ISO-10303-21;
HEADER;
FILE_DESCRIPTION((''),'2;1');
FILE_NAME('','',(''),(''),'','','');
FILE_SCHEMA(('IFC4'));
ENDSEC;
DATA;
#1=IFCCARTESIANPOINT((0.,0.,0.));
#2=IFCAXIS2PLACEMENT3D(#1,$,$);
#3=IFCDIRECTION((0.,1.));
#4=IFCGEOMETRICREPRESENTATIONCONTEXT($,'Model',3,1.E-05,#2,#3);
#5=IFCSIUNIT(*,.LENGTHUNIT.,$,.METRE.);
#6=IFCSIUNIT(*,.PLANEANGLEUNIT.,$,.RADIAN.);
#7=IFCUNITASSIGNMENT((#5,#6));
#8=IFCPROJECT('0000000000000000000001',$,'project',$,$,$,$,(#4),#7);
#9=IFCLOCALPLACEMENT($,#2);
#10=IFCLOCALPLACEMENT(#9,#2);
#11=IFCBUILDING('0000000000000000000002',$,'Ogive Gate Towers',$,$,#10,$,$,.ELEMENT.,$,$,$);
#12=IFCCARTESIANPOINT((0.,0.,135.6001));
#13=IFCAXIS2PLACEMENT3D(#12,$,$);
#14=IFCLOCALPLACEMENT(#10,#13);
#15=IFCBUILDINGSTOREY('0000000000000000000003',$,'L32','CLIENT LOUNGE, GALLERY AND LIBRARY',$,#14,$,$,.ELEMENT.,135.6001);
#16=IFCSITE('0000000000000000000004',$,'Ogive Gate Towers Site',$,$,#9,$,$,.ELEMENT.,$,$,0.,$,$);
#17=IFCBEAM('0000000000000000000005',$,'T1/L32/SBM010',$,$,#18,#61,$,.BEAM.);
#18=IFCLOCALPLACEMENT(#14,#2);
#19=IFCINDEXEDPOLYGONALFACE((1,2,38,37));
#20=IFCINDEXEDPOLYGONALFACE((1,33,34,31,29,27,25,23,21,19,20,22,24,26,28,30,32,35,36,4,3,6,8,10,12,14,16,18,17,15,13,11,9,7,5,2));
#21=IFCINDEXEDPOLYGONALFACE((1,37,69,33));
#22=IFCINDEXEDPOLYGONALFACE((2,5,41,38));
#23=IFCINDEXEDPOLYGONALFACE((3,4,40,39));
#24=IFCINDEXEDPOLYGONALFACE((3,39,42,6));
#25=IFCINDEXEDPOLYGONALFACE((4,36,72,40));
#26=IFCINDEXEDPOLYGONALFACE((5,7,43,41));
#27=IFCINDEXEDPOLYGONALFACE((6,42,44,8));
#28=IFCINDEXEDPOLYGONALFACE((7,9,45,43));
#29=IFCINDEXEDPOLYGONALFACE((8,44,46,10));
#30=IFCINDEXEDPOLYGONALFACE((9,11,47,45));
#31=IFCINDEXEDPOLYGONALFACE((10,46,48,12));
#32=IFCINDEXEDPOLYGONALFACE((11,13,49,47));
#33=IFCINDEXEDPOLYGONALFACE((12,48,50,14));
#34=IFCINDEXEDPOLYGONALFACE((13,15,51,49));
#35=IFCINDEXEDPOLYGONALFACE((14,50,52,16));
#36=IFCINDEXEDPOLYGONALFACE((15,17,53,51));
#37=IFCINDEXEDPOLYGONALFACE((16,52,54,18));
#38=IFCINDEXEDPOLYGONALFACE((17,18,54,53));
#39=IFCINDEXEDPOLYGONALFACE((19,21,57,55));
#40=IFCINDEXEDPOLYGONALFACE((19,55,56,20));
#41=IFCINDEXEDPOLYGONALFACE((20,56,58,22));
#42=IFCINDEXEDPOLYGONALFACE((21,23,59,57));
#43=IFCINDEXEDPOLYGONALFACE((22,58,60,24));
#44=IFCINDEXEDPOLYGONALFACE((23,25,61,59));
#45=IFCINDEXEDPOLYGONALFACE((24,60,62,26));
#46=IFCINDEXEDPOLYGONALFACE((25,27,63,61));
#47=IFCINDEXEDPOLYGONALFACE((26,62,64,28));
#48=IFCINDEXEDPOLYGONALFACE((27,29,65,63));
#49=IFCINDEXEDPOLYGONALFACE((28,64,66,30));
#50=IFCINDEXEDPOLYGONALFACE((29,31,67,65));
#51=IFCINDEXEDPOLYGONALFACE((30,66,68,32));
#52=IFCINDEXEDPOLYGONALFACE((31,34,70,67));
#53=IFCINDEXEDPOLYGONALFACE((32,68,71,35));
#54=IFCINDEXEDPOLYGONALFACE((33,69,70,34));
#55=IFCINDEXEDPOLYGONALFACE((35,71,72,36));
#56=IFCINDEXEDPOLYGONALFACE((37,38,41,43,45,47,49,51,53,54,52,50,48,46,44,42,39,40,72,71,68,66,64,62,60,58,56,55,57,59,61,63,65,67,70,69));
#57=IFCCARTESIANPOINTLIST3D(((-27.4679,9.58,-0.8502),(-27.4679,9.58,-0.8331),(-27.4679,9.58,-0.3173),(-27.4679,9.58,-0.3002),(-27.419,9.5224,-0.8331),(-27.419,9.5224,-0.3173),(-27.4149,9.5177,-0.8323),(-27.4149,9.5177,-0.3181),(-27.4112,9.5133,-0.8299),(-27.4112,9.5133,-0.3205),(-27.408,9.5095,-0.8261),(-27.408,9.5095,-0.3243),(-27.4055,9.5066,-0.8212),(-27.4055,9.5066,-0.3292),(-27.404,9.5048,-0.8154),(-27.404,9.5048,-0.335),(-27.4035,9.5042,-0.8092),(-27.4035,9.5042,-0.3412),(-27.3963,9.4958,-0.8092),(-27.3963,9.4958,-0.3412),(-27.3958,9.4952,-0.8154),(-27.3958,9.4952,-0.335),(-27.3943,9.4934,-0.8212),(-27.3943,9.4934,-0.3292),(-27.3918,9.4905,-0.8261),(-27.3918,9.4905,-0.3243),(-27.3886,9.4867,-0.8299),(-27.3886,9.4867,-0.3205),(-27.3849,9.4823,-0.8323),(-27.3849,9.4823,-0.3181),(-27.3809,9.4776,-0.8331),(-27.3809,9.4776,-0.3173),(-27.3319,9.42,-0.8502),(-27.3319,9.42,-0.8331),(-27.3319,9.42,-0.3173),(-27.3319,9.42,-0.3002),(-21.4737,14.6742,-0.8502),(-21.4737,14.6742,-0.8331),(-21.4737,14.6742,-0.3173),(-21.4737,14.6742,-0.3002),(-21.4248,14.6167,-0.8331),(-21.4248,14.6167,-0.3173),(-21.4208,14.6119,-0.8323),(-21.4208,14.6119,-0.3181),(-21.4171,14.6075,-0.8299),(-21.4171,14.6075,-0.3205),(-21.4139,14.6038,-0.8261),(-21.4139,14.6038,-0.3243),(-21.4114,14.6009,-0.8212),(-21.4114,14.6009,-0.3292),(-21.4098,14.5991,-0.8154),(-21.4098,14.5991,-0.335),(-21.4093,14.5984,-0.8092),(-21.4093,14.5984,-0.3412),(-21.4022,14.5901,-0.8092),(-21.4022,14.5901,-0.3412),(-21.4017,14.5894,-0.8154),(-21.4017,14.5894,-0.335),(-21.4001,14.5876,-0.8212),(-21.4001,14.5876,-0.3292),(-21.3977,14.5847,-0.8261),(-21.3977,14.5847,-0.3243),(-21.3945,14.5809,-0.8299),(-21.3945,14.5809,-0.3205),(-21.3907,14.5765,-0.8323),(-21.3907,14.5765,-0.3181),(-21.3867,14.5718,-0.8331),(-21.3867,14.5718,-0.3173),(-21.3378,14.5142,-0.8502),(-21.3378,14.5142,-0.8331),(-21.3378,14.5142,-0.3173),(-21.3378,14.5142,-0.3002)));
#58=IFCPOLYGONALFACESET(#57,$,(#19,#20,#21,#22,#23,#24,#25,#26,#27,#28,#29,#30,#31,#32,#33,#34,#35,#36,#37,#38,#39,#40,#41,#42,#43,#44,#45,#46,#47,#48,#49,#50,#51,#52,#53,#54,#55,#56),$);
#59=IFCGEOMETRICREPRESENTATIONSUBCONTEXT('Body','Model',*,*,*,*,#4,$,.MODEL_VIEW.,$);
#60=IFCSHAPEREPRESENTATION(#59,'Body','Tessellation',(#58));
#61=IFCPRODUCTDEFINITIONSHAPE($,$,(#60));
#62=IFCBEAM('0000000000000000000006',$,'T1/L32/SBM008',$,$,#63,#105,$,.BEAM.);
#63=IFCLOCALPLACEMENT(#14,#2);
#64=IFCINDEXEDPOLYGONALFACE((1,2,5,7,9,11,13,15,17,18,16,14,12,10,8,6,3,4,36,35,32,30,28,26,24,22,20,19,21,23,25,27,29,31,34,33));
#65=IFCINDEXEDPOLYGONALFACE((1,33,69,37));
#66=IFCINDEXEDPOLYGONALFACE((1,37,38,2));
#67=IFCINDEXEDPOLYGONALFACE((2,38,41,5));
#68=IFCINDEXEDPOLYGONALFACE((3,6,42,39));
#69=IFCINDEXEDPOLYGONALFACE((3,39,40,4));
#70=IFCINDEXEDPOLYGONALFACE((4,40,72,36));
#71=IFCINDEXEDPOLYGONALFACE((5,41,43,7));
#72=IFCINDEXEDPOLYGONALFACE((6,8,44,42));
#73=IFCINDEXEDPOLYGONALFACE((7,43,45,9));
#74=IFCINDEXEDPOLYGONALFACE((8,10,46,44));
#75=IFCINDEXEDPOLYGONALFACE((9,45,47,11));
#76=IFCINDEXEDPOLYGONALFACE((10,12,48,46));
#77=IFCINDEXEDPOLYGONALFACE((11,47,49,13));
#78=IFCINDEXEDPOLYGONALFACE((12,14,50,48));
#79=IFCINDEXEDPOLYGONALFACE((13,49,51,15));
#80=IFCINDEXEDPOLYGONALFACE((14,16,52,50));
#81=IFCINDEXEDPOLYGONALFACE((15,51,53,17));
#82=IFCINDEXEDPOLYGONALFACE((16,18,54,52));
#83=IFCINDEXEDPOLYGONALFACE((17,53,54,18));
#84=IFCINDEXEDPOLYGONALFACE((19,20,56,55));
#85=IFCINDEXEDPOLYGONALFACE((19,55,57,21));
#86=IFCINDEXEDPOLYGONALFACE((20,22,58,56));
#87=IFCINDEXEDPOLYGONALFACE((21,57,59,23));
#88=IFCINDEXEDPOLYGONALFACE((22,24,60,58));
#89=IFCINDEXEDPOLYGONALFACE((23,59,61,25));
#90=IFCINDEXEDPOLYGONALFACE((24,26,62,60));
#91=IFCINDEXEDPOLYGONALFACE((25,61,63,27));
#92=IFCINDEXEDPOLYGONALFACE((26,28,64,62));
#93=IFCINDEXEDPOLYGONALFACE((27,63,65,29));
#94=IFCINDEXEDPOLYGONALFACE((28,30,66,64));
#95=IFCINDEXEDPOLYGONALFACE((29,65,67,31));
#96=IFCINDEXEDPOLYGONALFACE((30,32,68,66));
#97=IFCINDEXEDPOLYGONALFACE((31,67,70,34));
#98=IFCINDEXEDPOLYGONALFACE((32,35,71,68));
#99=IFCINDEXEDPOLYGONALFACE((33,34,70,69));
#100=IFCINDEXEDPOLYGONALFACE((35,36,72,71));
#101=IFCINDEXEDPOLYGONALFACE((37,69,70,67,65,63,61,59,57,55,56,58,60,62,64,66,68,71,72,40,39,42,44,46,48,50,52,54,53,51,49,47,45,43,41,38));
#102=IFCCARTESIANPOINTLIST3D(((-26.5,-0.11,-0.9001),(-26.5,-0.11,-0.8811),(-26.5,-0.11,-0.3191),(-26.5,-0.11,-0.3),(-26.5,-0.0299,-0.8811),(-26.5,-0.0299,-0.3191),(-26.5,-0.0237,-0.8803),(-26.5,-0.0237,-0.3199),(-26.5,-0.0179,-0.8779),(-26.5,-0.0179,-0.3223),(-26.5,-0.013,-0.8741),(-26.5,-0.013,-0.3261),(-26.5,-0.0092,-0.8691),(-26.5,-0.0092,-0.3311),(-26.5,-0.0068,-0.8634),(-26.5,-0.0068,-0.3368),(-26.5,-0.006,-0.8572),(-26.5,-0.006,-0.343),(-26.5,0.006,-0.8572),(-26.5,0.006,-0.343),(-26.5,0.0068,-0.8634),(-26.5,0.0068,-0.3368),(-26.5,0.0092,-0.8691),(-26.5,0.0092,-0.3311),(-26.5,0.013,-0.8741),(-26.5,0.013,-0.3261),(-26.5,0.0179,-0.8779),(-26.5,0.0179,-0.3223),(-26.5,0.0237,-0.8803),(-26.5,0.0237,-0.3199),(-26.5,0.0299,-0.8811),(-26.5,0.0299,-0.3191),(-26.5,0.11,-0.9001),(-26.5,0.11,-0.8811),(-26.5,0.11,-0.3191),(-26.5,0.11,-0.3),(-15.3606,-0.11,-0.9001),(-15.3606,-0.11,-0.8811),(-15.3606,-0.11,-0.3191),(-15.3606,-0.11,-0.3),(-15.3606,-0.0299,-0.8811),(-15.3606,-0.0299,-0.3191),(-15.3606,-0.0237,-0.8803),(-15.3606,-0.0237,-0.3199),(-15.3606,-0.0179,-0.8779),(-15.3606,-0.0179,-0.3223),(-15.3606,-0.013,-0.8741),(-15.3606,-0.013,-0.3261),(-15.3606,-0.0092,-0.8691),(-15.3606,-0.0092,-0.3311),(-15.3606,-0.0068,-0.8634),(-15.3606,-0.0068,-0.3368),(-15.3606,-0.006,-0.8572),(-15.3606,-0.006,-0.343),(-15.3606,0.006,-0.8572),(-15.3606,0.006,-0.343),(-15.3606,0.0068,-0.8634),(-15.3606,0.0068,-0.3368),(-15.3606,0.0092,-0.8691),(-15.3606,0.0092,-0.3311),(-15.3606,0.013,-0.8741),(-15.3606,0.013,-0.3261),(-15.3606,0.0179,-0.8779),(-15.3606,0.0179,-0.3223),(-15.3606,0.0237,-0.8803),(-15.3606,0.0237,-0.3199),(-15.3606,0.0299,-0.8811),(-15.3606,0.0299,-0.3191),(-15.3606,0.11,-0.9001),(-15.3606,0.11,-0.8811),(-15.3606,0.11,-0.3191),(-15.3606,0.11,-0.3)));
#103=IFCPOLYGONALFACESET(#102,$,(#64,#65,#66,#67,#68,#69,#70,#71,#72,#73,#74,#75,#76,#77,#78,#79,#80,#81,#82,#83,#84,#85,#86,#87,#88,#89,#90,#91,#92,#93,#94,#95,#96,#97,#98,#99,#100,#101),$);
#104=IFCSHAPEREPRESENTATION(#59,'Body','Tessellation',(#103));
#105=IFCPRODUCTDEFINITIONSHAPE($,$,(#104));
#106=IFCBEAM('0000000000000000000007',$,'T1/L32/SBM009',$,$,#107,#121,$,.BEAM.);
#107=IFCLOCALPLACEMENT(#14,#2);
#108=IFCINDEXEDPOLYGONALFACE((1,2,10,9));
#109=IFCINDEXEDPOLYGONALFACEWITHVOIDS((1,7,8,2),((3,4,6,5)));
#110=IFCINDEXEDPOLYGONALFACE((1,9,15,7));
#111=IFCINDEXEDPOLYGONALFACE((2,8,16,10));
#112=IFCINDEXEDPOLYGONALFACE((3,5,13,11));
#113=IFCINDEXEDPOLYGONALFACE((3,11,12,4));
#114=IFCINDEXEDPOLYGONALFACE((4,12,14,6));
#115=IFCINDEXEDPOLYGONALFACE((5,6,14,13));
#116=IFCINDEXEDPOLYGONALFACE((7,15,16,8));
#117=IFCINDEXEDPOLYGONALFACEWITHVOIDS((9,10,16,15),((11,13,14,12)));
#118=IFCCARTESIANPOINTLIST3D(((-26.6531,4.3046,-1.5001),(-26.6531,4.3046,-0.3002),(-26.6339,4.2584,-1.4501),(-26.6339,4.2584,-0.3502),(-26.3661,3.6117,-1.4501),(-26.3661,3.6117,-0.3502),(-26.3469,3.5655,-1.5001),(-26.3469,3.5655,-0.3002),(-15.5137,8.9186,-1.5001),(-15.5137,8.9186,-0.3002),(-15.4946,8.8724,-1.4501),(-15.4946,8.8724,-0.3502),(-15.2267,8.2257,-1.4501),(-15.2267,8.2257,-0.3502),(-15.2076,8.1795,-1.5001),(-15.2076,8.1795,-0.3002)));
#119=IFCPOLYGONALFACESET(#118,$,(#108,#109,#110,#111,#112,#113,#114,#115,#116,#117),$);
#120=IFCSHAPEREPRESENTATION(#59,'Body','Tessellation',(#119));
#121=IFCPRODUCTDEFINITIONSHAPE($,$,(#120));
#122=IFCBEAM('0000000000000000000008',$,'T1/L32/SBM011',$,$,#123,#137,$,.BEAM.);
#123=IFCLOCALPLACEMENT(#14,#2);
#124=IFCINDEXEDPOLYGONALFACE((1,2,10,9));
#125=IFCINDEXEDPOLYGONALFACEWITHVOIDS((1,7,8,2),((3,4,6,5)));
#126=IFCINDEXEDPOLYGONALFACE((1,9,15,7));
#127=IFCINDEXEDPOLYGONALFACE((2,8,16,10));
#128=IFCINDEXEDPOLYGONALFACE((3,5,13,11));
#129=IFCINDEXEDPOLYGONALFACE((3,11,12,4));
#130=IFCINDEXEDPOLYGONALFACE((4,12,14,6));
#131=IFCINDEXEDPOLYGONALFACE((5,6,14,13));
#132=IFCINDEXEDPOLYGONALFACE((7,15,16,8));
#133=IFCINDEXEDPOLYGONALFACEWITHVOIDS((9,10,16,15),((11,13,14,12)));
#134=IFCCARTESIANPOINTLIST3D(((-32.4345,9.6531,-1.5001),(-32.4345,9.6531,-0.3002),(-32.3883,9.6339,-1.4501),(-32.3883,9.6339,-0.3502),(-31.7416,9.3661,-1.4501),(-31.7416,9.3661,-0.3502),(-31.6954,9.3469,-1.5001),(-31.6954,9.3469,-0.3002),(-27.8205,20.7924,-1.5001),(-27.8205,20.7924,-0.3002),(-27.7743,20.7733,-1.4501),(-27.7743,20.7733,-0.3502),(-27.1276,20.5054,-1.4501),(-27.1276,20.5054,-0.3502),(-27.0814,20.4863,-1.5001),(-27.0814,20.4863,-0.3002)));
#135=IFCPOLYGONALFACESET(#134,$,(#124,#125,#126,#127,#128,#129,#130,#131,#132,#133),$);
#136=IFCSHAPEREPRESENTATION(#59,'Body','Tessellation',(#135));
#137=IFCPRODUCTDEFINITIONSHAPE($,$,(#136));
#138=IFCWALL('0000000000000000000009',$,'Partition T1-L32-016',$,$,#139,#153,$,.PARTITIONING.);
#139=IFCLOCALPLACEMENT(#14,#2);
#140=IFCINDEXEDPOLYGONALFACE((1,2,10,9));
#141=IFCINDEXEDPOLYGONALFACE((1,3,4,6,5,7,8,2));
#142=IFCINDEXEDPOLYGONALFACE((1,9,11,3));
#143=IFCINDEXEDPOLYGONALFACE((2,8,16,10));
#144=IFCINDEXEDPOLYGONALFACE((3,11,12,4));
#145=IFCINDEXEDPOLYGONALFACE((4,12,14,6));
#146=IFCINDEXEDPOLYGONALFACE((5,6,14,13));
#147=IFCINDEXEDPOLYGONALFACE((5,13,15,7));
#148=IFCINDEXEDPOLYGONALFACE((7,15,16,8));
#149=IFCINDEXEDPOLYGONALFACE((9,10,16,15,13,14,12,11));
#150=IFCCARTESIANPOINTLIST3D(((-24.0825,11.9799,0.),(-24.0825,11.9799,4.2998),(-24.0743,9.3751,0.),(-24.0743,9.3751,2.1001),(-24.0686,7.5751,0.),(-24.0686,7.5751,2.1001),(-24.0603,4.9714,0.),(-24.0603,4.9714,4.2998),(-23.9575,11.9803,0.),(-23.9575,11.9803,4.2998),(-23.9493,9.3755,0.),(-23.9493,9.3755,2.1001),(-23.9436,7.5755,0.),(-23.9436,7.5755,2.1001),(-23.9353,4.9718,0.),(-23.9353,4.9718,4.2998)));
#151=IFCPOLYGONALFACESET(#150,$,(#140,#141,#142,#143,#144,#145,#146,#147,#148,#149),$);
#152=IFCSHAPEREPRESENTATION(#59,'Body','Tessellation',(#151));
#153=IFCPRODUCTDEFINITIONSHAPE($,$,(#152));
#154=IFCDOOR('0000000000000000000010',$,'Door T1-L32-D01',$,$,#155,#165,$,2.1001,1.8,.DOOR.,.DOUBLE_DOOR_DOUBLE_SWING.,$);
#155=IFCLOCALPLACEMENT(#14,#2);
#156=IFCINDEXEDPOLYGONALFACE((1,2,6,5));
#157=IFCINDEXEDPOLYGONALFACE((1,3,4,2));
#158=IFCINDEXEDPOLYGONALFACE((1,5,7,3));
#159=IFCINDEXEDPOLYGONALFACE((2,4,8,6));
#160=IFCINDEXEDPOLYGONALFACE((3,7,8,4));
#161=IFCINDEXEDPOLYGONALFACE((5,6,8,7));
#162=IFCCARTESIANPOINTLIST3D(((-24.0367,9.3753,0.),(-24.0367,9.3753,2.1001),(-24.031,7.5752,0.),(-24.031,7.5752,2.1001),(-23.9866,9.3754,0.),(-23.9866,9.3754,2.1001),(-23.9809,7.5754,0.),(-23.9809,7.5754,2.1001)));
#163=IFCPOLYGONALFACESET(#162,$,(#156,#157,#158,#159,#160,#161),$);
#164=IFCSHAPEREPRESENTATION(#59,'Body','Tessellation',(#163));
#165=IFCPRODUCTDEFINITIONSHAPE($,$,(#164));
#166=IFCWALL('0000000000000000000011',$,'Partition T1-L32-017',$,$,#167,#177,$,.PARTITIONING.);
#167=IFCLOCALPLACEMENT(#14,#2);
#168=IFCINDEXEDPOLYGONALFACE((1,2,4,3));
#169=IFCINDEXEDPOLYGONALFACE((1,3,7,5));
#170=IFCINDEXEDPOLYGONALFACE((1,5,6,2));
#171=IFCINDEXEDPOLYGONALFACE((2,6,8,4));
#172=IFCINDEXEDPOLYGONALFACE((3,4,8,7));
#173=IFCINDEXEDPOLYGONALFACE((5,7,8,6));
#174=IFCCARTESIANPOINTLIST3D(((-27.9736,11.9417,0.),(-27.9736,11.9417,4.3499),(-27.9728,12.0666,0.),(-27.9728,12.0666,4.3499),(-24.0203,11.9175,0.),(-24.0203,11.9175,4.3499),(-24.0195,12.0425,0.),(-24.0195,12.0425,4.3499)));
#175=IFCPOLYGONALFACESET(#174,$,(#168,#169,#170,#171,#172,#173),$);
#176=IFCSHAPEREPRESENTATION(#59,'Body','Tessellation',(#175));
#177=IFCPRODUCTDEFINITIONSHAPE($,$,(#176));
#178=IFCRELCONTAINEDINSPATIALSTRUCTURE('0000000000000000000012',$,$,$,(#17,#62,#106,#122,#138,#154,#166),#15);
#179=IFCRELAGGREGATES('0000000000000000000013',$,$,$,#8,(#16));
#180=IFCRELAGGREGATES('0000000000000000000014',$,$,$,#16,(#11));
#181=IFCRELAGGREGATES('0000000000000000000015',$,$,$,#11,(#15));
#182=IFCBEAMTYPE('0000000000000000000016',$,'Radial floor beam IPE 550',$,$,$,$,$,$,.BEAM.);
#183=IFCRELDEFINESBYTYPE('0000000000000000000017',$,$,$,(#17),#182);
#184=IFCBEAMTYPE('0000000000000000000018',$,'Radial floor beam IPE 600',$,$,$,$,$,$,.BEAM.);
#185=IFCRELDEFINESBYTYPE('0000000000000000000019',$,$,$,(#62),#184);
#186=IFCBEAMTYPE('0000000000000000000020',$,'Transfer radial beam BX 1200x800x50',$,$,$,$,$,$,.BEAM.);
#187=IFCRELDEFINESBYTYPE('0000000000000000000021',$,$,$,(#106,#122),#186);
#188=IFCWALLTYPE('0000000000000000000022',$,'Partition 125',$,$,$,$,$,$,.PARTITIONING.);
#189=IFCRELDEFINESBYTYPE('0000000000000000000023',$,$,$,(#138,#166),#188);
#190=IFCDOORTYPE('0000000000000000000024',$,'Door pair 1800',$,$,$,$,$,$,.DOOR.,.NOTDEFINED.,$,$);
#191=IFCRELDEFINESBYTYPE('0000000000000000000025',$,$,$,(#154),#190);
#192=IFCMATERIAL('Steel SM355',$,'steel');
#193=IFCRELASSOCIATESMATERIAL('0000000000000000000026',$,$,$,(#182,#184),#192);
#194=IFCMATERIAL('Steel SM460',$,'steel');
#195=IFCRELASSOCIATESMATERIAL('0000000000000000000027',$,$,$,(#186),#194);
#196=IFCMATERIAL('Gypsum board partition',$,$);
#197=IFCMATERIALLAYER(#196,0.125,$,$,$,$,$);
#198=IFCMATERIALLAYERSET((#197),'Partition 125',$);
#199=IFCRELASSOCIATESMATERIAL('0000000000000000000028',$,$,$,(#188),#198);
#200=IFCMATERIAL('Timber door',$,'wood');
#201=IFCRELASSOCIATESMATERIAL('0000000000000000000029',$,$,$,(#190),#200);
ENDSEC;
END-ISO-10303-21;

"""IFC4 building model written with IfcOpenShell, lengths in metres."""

from ifc_helpers import new_model, si_unit, direction, frame, frame_2d, origin, origin_2d, place, context, subcontext, project, spatial, rectangle, hollow_rectangle, i_section, extrude, material, layer, layer_set, material_profile, profile_set, type_object, element, fill, save


model = new_model("IFC4")

# Units and contexts
model_context = context("Model", 3, precision=1e-05, world=origin(), true_north=direction((0.0, 1.0)))
body_context = subcontext(model_context, "Body", "Model", "MODEL_VIEW")
ifc_project = project(units=[si_unit("LENGTHUNIT", "METRE"), si_unit("PLANEANGLEUNIT", "RADIAN")], contexts=[model_context])

# Site, building, storey
site_placement = place(None, origin())
site = spatial("IfcSite", under=ifc_project, at=site_placement, Name="Ogive Gate Towers Site", CompositionType="ELEMENT", RefElevation=0.0)
building_placement = place(site_placement, origin())
building = spatial("IfcBuilding", under=site, at=building_placement, Name="Ogive Gate Towers", CompositionType="ELEMENT")
storey_placement = place(building_placement, frame((0.0, 0.0, 135.6001)))
storey = spatial("IfcBuildingStorey", under=building, at=storey_placement, Name="L32", Description="CLIENT LOUNGE, GALLERY AND LIBRARY", CompositionType="ELEMENT", Elevation=135.6001)

# Beams
ifc_material_1 = material(Name="Steel SM355", Category="steel")
ifc_material_profile_1 = material_profile(ifc_material_1, i_section(OverallWidth=0.21, OverallDepth=0.55, WebThickness=0.011, FlangeThickness=0.0171, FilletRadius=0.0239, at=origin_2d()), Name="IPE 550")
ifc_profile_set_1 = profile_set([ifc_material_profile_1], Name="Steel SM355")
beam_type_1 = type_object("IfcBeamType", Name="Radial floor beam IPE 550", PredefinedType="BEAM", material=ifc_profile_set_1)
beam_1_placement = place(storey_placement, frame((-27.3999, 9.5, -0.5752), z_axis=(0.761988, 0.647591, 0.0), x_axis=(-0.647591, 0.761988, 0.0)))
element("IfcBeam", 1, at=beam_1_placement, inside=storey, type_object=beam_type_1, Name="T1/L32/SBM010", PredefinedType="BEAM", context=body_context, shape_type="SweptSolid", body=[
    extrude(i_section(OverallWidth=0.21, OverallDepth=0.55, WebThickness=0.011, FlangeThickness=0.0171, FilletRadius=0.0239, at=origin_2d()), origin(), (0.0, 0.0, 1.0), 7.8665),
])
ifc_material_profile_2 = material_profile(ifc_material_1, i_section(OverallWidth=0.22, OverallDepth=0.6001, WebThickness=0.012, FlangeThickness=0.019, FilletRadius=0.0239, at=origin_2d()), Name="IPE 600")
ifc_profile_set_2 = profile_set([ifc_material_profile_2], Name="Steel SM355")
beam_type_2 = type_object("IfcBeamType", Name="Radial floor beam IPE 600", PredefinedType="BEAM", material=ifc_profile_set_2)
beam_2_placement = place(storey_placement, frame((-26.5, 0.0, -0.6001), z_axis=(1.0, 0.0, 0.0), x_axis=(0.0, 1.0, 0.0)))
element("IfcBeam", 2, at=beam_2_placement, inside=storey, type_object=beam_type_2, Name="T1/L32/SBM008", PredefinedType="BEAM", context=body_context, shape_type="SweptSolid", body=[
    extrude(i_section(OverallWidth=0.22, OverallDepth=0.6001, WebThickness=0.012, FlangeThickness=0.019, FilletRadius=0.0239, at=origin_2d()), origin(), (0.0, 0.0, 1.0), 11.1394),
])
ifc_material_2 = material(Name="Steel SM460", Category="steel")
ifc_material_profile_3 = material_profile(ifc_material_2, hollow_rectangle(XDim=0.8, YDim=1.2, WallThickness=0.05, at=origin_2d()), Name="BX 1200x800x50")
ifc_profile_set_3 = profile_set([ifc_material_profile_3], Name="Steel SM460")
beam_type_3 = type_object("IfcBeamType", Name="Transfer radial beam BX 1200x800x50", PredefinedType="BEAM", material=ifc_profile_set_3)
for number, where, z_axis, x_axis, name in (
    (3, (-26.5, 3.9351, -0.9001), (0.923882, 0.382678, 0.0), (-0.382678, 0.923882, 0.0), "T1/L32/SBM009"),
    (4, (-32.0649, 9.5, -0.9001), (0.382678, 0.923882, 0.0), (-0.923882, 0.382678, 0.0), "T1/L32/SBM011"),
):
    element("IfcBeam", number, at=place(storey_placement, frame(where, z_axis=z_axis, x_axis=x_axis)), inside=storey, type_object=beam_type_3, Name=name, PredefinedType="BEAM", context=body_context, shape_type="SweptSolid", body=[
        extrude(hollow_rectangle(XDim=0.8, YDim=1.2, WallThickness=0.05, at=origin_2d()), origin(), (0.0, 0.0, 1.0), 12.0571),
    ])

# Wall, opening, door
ifc_material_3 = material(Name="Gypsum board partition")
ifc_layer_1 = layer(ifc_material_3, 0.125)
ifc_layer_set_1 = layer_set([ifc_layer_1], Name="Partition 125")
wall_type_1 = type_object("IfcWallType", Name="Partition 125", PredefinedType="PARTITIONING", material=ifc_layer_set_1)
wall_1_placement = place(storey_placement, frame((-23.9978, 4.9714, 0.0), z_axis=(0.0, 0.0, 1.0), x_axis=(-0.00317, 0.999995, 0.0)))
wall_1 = element("IfcWall", 5, at=wall_1_placement, inside=storey, type_object=wall_type_1, Name="Partition T1-L32-016", PredefinedType="PARTITIONING", context=body_context, shape_type="SweptSolid", body=[
    extrude(rectangle(XDim=7.0085, YDim=0.125, at=frame_2d((3.5044, 0.0))), origin(), (0.0, 0.0, 1.0), 4.2998),
])
opening_1_placement = place(wall_1_placement, frame((2.604, 0.0, 0.0)))
opening_1 = element("IfcOpeningElement", 6, at=opening_1_placement, cuts=wall_1, PredefinedType="OPENING", context=body_context, shape_type="SweptSolid", body=[
    extrude(rectangle(XDim=1.8, YDim=2.1001, at=frame_2d((0.8999, 1.05))), frame((0.0, 0.0725, 0.0), z_axis=(0.0, -1.0, 0.0), x_axis=(1.0, 0.0, 0.0)), (0.0, 0.0, 1.0), 0.145),
])
ifc_material_4 = material(Name="Timber door", Category="wood")
door_type_1 = type_object("IfcDoorType", Name="Door pair 1800", OperationType="NOTDEFINED", PredefinedType="DOOR", material=ifc_material_4)
door_1_placement = place(opening_1_placement, origin())
door_1 = element("IfcDoor", 7, at=door_1_placement, inside=storey, type_object=door_type_1, Name="Door T1-L32-D01", OperationType="DOUBLE_DOOR_DOUBLE_SWING", OverallHeight=2.1001, OverallWidth=1.8, PredefinedType="DOOR", context=body_context, shape_type="SweptSolid", body=[
    extrude(rectangle(XDim=1.8, YDim=2.1001, at=frame_2d((0.8999, 1.05))), frame((0.0, 0.0249, 0.0), z_axis=(0.0, -1.0, 0.0), x_axis=(1.0, 0.0, 0.0)), (0.0, 0.0, 1.0), 0.05),
])
fill(opening_1, door_1)

# Wall
wall_2_placement = place(storey_placement, frame((-24.02, 11.98, 0.0), z_axis=(0.0, 0.0, 1.0), x_axis=(-0.999981, 0.006114, 0.0)))
element("IfcWall", 8, at=wall_2_placement, inside=storey, type_object=wall_type_1, Name="Partition T1-L32-017", PredefinedType="PARTITIONING", context=body_context, shape_type="SweptSolid", body=[
    extrude(rectangle(XDim=3.9534, YDim=0.125, at=frame_2d((1.9766, 0.0))), origin(), (0.0, 0.0, 1.0), 4.3499),
])

save(model, "model.ifc")
